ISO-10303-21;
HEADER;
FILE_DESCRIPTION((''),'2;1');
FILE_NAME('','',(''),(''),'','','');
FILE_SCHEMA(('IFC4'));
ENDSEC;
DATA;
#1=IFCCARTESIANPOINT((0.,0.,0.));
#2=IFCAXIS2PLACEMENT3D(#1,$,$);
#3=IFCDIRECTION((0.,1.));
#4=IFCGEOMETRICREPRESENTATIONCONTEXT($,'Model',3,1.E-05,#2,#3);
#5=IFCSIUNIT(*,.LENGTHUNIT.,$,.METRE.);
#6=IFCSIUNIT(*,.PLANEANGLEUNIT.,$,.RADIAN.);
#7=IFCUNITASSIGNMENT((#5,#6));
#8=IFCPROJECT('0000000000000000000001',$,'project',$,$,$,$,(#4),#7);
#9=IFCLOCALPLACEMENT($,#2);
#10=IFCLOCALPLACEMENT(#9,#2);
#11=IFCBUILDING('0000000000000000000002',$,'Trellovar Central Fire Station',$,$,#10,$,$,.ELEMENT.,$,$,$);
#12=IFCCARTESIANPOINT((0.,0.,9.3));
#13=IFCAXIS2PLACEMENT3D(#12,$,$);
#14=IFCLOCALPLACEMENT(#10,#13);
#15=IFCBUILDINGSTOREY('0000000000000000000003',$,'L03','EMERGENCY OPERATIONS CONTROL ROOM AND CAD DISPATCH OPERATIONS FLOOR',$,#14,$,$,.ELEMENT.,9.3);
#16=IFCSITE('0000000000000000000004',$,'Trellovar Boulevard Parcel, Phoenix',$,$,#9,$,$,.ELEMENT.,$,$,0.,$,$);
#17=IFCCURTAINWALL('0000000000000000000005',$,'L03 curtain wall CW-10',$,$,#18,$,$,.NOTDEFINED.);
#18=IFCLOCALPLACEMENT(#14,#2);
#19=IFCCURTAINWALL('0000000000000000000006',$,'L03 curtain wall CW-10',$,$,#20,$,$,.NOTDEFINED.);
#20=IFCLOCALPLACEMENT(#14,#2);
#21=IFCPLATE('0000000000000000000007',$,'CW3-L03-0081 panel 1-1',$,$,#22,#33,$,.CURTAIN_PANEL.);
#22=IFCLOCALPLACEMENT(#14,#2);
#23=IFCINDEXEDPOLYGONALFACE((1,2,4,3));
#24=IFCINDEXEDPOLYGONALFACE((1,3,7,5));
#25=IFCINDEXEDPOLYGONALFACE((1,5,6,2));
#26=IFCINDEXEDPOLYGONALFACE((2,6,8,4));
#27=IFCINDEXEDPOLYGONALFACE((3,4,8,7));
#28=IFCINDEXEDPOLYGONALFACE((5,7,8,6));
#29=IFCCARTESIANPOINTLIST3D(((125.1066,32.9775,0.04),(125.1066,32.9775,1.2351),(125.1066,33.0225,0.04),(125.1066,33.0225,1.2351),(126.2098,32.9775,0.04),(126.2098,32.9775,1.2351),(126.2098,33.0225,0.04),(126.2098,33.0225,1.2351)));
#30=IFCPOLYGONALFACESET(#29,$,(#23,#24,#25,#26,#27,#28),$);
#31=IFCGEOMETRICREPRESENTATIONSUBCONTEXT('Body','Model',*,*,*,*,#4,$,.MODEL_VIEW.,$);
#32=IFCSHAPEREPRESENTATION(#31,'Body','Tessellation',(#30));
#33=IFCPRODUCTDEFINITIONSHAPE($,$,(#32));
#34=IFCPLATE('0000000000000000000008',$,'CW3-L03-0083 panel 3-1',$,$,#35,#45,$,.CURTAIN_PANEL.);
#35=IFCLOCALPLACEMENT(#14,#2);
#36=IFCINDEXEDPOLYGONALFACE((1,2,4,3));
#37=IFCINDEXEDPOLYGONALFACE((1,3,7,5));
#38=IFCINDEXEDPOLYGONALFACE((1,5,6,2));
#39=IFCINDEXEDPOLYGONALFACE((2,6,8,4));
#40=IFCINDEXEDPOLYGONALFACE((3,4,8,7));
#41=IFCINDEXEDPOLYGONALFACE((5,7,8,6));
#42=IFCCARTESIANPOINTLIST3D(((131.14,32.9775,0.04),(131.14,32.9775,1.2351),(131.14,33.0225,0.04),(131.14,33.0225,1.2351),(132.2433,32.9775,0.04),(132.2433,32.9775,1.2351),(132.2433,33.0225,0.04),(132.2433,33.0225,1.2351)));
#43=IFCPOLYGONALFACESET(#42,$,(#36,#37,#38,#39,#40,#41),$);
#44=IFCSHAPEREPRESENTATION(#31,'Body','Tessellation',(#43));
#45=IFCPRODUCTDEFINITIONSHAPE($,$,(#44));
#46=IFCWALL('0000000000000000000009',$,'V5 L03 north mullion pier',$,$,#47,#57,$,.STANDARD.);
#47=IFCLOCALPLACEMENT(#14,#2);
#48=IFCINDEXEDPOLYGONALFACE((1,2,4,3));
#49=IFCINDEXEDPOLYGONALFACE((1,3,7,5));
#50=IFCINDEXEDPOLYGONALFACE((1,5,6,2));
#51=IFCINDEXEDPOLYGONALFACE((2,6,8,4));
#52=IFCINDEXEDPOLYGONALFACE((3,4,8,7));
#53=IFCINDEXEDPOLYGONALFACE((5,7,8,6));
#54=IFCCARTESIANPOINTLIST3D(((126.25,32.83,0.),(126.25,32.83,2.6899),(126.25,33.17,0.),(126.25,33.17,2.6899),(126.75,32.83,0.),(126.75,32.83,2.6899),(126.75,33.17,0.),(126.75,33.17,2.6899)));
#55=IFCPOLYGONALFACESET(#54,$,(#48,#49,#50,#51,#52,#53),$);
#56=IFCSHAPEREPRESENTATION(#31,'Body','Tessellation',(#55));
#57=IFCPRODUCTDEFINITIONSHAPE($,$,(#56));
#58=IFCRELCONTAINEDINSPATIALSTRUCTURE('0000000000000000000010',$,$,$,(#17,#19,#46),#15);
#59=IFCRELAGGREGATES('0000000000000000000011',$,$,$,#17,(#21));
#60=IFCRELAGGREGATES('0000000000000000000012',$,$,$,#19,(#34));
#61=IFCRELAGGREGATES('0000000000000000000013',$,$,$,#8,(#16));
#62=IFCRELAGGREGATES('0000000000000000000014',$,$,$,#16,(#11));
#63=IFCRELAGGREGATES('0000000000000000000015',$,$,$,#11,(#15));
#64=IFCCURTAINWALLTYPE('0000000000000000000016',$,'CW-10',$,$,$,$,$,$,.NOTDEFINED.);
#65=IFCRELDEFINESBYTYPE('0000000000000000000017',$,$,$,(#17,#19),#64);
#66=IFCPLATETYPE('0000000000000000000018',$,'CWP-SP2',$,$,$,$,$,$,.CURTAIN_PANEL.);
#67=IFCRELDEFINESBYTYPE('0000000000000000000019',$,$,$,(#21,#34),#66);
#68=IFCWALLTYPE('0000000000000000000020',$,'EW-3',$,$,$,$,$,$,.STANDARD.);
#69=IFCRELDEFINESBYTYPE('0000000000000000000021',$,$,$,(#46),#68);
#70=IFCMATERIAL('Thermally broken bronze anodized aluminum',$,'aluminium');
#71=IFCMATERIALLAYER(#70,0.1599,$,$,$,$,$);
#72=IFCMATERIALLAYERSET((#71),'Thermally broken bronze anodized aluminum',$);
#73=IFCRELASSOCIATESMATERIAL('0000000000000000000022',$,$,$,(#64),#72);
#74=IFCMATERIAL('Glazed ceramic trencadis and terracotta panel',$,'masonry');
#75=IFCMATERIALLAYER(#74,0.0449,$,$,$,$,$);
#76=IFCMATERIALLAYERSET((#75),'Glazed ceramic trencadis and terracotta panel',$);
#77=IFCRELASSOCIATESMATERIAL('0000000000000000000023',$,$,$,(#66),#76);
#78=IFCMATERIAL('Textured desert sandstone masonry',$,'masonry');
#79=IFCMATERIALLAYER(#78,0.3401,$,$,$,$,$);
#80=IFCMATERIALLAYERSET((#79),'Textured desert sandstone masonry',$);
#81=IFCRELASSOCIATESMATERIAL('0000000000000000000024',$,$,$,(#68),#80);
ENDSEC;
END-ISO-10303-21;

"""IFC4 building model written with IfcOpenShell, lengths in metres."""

from ifc_helpers import new_model, si_unit, direction, frame, frame_2d, origin, origin_2d, place, context, subcontext, project, spatial, rectangle, extrude, material, layer, layer_set, type_object, element, aggregate, save


model = new_model("IFC4")

# Units and contexts
model_context = context("Model", 3, precision=1e-05, world=origin(), true_north=direction((0.0, 1.0)))
body_context = subcontext(model_context, "Body", "Model", "MODEL_VIEW")
ifc_project = project(units=[si_unit("LENGTHUNIT", "METRE"), si_unit("PLANEANGLEUNIT", "RADIAN")], contexts=[model_context])

# Site, building, storey
site_placement = place(None, origin())
site = spatial("IfcSite", under=ifc_project, at=site_placement, Name="Trellovar Boulevard Parcel, Phoenix", CompositionType="ELEMENT", RefElevation=0.0)
building_placement = place(site_placement, origin())
building = spatial("IfcBuilding", under=site, at=building_placement, Name="Trellovar Central Fire Station", CompositionType="ELEMENT")
storey_placement = place(building_placement, frame((0.0, 0.0, 9.3)))
storey = spatial("IfcBuildingStorey", under=building, at=storey_placement, Name="L03", Description="EMERGENCY OPERATIONS CONTROL ROOM AND CAD DISPATCH OPERATIONS FLOOR", CompositionType="ELEMENT", Elevation=9.3)

# Curtain walls
ifc_material_1 = material(Name="Thermally broken bronze anodized aluminum", Category="aluminium")
ifc_layer_1 = layer(ifc_material_1, 0.1599)
ifc_layer_set_1 = layer_set([ifc_layer_1], Name="Thermally broken bronze anodized aluminum")
curtain_wall_type_1 = type_object("IfcCurtainWallType", Name="CW-10", PredefinedType="NOTDEFINED", material=ifc_layer_set_1)
curtain_wall_1_placement = place(storey_placement, origin())
curtain_wall_1 = element("IfcCurtainWall", 1, at=curtain_wall_1_placement, inside=storey, type_object=curtain_wall_type_1, Name="L03 curtain wall CW-10", PredefinedType="NOTDEFINED")
curtain_wall_2_placement = place(storey_placement, origin())
curtain_wall_2 = element("IfcCurtainWall", 2, at=curtain_wall_2_placement, inside=storey, type_object=curtain_wall_type_1, Name="L03 curtain wall CW-10", PredefinedType="NOTDEFINED")

# Plates
ifc_material_2 = material(Name="Glazed ceramic trencadis and terracotta panel", Category="masonry")
ifc_layer_2 = layer(ifc_material_2, 0.0449)
ifc_layer_set_2 = layer_set([ifc_layer_2], Name="Glazed ceramic trencadis and terracotta panel")
plate_type_1 = type_object("IfcPlateType", Name="CWP-SP2", PredefinedType="CURTAIN_PANEL", material=ifc_layer_set_2)
plate_1_placement = place(storey_placement, frame((125.6582, 33.0, 0.04), z_axis=(0.0, 0.0, 1.0), x_axis=(-1.0, 0.0, 0.0)))
plate_1 = element("IfcPlate", 3, at=plate_1_placement, type_object=plate_type_1, Name="CW3-L03-0081 panel 1-1", PredefinedType="CURTAIN_PANEL", context=body_context, shape_type="SweptSolid", body=[
    extrude(rectangle(XDim=1.1033, YDim=0.0449, at=origin_2d()), origin(), (0.0, 0.0, 1.0), 1.1951),
])
aggregate(curtain_wall_1, [plate_1])
plate_2_placement = place(storey_placement, frame((131.6917, 33.0, 0.04), z_axis=(0.0, 0.0, 1.0), x_axis=(-1.0, 0.0, 0.0)))
plate_2 = element("IfcPlate", 4, at=plate_2_placement, type_object=plate_type_1, Name="CW3-L03-0083 panel 3-1", PredefinedType="CURTAIN_PANEL", context=body_context, shape_type="SweptSolid", body=[
    extrude(rectangle(XDim=1.1033, YDim=0.0449, at=origin_2d()), origin(), (0.0, 0.0, 1.0), 1.1951),
])
aggregate(curtain_wall_2, [plate_2])

# Wall
ifc_material_3 = material(Name="Textured desert sandstone masonry", Category="masonry")
ifc_layer_3 = layer(ifc_material_3, 0.3401)
ifc_layer_set_3 = layer_set([ifc_layer_3], Name="Textured desert sandstone masonry")
wall_type = type_object("IfcWallType", Name="EW-3", PredefinedType="STANDARD", material=ifc_layer_set_3)
wall_placement = place(storey_placement, frame((126.75, 33.0, 0.0), z_axis=(0.0, 0.0, 1.0), x_axis=(-1.0, 0.0, 0.0)))
element("IfcWall", 5, at=wall_placement, inside=storey, type_object=wall_type, Name="V5 L03 north mullion pier", PredefinedType="STANDARD", context=body_context, shape_type="SweptSolid", body=[
    extrude(rectangle(XDim=0.5, YDim=0.3401, at=frame_2d((0.25, 0.0))), origin(), (0.0, 0.0, 1.0), 2.6899),
])

save(model, "model.ifc")
